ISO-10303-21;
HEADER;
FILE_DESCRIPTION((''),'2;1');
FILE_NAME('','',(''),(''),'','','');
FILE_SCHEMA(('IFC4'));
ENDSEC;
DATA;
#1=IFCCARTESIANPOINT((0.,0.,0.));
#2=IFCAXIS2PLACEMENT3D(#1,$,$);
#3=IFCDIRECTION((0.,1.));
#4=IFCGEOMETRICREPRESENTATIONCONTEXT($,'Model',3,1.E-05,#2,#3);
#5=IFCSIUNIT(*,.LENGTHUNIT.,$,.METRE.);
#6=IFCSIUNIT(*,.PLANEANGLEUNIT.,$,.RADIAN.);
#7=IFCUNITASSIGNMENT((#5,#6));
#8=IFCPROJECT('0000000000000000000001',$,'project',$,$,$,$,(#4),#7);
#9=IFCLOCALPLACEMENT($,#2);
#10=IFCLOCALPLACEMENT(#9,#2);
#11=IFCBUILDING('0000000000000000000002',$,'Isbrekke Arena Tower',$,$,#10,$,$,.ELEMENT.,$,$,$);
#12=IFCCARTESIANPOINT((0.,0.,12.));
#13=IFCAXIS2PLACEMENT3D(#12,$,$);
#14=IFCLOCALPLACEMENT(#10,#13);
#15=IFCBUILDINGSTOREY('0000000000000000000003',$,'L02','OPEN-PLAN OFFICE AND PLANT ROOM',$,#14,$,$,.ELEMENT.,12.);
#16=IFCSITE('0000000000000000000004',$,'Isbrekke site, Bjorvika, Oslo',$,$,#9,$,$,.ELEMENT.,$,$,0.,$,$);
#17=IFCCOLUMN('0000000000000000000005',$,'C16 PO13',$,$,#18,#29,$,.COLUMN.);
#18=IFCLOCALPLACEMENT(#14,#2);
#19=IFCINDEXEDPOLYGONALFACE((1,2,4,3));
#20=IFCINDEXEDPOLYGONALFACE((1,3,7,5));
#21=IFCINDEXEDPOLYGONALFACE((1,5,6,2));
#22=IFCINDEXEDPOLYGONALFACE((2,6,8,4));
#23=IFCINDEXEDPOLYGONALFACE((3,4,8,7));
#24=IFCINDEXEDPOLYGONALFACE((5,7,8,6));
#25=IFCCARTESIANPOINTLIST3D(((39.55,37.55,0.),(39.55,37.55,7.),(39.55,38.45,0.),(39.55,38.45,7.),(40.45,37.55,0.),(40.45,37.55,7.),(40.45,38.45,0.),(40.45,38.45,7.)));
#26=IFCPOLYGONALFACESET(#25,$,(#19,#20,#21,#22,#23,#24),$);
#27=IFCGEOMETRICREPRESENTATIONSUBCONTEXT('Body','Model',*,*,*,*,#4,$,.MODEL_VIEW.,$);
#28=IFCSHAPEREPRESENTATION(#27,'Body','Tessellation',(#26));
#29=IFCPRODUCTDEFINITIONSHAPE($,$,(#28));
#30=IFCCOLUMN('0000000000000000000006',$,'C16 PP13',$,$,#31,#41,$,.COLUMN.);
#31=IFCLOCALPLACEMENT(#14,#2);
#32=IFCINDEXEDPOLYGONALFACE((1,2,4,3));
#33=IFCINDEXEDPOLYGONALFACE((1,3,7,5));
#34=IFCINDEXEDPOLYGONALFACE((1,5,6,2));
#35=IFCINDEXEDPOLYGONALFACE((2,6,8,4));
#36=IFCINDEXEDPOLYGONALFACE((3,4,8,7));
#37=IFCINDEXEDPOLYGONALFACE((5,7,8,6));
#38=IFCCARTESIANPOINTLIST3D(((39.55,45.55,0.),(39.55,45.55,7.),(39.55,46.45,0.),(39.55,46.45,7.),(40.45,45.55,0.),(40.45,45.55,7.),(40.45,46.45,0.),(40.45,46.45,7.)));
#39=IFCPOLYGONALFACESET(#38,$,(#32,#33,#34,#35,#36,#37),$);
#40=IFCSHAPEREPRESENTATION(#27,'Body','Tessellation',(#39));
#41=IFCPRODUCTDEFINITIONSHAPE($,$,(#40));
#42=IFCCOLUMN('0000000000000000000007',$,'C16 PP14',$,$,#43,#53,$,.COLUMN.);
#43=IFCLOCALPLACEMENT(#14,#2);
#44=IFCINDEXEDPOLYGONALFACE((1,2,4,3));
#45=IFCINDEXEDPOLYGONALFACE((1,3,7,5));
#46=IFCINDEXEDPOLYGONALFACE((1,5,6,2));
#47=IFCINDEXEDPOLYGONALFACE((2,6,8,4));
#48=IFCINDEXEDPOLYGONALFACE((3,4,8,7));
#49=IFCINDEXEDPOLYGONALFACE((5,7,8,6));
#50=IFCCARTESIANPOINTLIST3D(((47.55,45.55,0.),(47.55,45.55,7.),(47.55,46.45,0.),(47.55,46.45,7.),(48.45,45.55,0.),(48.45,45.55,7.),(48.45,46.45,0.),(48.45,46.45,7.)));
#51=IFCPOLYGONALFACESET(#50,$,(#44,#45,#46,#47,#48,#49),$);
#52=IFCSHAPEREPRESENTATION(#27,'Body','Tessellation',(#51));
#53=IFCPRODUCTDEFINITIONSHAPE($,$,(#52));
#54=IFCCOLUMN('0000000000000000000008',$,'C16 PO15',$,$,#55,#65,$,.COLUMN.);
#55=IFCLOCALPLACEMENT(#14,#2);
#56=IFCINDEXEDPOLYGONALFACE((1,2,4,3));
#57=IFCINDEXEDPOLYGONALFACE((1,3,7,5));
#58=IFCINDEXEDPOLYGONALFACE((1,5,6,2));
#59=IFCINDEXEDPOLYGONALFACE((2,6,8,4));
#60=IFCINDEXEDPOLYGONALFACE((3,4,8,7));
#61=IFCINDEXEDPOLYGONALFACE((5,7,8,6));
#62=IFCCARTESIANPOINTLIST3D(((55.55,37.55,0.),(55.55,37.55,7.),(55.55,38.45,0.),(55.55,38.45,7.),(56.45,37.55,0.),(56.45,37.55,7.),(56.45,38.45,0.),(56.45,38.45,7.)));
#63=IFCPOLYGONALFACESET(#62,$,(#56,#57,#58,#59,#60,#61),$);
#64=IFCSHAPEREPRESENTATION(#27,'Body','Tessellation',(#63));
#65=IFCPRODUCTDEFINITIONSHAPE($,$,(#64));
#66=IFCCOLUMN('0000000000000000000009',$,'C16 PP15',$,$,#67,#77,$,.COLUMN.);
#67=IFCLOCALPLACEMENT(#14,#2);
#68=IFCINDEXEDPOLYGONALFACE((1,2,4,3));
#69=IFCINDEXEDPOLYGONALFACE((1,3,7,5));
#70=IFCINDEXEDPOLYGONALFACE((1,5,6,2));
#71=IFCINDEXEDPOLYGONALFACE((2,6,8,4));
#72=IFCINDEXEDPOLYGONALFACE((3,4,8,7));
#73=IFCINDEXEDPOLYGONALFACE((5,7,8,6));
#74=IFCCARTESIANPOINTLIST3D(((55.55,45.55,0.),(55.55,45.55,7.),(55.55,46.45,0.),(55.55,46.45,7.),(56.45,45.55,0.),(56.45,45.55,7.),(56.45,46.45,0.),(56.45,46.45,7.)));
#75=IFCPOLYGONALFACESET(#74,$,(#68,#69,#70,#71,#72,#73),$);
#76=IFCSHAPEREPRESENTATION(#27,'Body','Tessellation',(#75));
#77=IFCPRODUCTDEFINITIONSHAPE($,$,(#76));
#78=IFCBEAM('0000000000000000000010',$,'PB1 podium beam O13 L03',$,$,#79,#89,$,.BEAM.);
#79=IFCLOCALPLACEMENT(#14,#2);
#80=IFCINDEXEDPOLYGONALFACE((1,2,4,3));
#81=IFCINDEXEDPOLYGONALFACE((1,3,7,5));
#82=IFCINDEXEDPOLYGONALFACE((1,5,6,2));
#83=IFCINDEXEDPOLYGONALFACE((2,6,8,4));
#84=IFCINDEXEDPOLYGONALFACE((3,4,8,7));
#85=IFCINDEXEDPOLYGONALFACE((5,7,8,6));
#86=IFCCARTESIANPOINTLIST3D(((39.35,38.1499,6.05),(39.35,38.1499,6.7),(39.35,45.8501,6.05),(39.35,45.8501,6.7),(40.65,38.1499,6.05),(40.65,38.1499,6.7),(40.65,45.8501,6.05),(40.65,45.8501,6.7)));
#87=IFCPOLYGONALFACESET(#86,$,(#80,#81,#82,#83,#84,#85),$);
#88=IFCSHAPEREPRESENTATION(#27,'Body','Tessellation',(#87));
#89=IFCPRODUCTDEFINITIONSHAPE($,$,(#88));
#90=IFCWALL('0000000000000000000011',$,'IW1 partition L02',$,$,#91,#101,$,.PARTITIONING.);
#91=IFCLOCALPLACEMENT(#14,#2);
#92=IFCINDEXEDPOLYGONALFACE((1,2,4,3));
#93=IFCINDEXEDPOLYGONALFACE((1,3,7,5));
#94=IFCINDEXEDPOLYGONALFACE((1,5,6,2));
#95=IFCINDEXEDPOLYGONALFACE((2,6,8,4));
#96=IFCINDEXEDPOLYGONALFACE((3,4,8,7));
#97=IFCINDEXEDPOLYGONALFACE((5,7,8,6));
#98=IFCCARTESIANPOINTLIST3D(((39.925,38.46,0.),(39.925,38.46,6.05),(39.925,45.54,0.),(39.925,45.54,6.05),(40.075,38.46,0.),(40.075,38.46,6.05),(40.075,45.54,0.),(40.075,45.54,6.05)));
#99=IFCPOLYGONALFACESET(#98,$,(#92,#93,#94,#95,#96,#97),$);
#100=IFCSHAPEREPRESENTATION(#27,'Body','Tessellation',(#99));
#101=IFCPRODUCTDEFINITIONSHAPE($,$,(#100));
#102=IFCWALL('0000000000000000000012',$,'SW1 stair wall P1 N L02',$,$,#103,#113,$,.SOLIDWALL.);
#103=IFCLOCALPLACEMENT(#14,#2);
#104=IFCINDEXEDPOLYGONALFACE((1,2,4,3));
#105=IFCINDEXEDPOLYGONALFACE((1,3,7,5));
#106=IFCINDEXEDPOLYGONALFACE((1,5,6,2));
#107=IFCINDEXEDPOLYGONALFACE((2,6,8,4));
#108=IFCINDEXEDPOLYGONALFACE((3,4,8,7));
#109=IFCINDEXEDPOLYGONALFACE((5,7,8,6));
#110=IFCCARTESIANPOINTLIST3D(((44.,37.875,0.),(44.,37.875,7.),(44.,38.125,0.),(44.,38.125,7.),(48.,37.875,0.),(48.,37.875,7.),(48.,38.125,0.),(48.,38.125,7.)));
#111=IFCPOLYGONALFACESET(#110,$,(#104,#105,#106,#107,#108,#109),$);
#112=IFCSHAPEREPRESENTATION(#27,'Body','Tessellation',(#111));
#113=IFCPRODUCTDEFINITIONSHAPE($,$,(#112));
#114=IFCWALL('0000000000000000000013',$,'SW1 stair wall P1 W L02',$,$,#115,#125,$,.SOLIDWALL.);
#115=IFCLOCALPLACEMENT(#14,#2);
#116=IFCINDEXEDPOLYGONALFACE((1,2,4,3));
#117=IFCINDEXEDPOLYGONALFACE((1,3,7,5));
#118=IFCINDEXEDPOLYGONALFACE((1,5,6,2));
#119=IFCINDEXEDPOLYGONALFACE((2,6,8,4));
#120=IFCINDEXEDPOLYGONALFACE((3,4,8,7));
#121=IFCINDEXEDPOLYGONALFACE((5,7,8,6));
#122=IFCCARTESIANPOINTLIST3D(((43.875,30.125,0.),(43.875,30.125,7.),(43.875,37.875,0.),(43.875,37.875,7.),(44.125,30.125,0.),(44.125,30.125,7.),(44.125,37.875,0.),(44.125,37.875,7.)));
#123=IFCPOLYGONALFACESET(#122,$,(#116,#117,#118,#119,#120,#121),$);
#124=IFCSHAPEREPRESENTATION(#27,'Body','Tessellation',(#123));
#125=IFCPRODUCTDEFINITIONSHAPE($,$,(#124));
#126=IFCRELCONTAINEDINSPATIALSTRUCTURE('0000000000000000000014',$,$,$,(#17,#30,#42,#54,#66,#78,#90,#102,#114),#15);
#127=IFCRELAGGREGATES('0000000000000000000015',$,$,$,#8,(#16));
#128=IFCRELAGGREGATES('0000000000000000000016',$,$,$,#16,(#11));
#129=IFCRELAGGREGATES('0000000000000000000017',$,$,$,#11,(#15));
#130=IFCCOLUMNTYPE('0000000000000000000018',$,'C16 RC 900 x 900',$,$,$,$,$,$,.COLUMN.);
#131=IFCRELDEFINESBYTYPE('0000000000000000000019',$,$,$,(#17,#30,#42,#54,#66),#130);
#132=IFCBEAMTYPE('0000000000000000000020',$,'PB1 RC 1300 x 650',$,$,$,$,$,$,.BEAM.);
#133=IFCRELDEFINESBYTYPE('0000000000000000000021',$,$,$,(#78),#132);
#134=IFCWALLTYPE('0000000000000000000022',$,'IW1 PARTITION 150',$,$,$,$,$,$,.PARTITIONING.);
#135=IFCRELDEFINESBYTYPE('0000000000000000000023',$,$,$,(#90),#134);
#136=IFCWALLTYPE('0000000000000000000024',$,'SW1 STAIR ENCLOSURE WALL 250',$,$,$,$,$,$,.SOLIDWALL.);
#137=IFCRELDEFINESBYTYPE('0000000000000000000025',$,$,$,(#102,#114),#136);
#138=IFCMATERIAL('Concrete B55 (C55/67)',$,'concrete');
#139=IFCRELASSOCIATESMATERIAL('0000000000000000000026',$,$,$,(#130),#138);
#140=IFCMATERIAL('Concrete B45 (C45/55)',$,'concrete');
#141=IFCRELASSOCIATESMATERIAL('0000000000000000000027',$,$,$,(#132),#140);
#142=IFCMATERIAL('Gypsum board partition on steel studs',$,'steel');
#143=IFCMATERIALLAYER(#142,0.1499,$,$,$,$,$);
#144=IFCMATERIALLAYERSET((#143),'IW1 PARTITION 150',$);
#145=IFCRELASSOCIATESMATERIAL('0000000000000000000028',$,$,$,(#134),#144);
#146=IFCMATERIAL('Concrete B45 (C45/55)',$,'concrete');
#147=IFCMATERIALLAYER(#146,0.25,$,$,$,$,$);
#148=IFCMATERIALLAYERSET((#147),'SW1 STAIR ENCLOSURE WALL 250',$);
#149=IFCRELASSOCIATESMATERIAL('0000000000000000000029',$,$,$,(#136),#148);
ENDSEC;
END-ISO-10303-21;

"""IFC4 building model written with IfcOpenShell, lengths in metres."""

from ifc_helpers import new_model, si_unit, direction, frame, frame_2d, origin, origin_2d, place, context, subcontext, project, spatial, rectangle, extrude, material, layer, layer_set, material_profile, profile_set, type_object, element, save


model = new_model("IFC4")

# Units and contexts
model_context = context("Model", 3, precision=1e-05, world=origin(), true_north=direction((0.0, 1.0)))
body_context = subcontext(model_context, "Body", "Model", "MODEL_VIEW")
ifc_project = project(units=[si_unit("LENGTHUNIT", "METRE"), si_unit("PLANEANGLEUNIT", "RADIAN")], contexts=[model_context])

# Site, building, storey
site_placement = place(None, origin())
site = spatial("IfcSite", under=ifc_project, at=site_placement, Name="Isbrekke site, Bjorvika, Oslo", CompositionType="ELEMENT", RefElevation=0.0)
building_placement = place(site_placement, origin())
building = spatial("IfcBuilding", under=site, at=building_placement, Name="Isbrekke Arena Tower", CompositionType="ELEMENT")
storey_placement = place(building_placement, frame((0.0, 0.0, 12.0)))
storey = spatial("IfcBuildingStorey", under=building, at=storey_placement, Name="L02", Description="OPEN-PLAN OFFICE AND PLANT ROOM", CompositionType="ELEMENT", Elevation=12.0)

# Columns
ifc_material_1 = material(Name="Concrete B55 (C55/67)", Category="concrete")
ifc_material_profile_1 = material_profile(ifc_material_1, rectangle(XDim=0.8999, YDim=0.8999, at=origin_2d()), Name="RC 900x900")
ifc_profile_set_1 = profile_set([ifc_material_profile_1], Name="Concrete B55 (C55/67)")
column_type = type_object("IfcColumnType", Name="C16 RC 900 x 900", PredefinedType="COLUMN", material=ifc_profile_set_1)
for number, where, z_axis, x_axis, name in (
    (1, (40.0, 38.0, 0.0), (0.0, 0.0, 1.0), (1.0, 0.0, 0.0), "C16 PO13"),
    (2, (40.0, 46.0, 0.0), (0.0, 0.0, 1.0), (1.0, 0.0, 0.0), "C16 PP13"),
    (3, (48.0, 46.0, 0.0), (0.0, 0.0, 1.0), (1.0, 0.0, 0.0), "C16 PP14"),
    (4, (56.0, 38.0, 0.0), (0.0, 0.0, 1.0), (1.0, 0.0, 0.0), "C16 PO15"),
    (5, (56.0, 46.0, 0.0), (0.0, 0.0, 1.0), (1.0, 0.0, 0.0), "C16 PP15"),
):
    element("IfcColumn", number, at=place(storey_placement, frame(where, z_axis=z_axis, x_axis=x_axis)), inside=storey, type_object=column_type, Name=name, PredefinedType="COLUMN", context=body_context, shape_type="SweptSolid", body=[
        extrude(rectangle(XDim=0.8999, YDim=0.8999, at=origin_2d()), origin(), (0.0, 0.0, 1.0), 7.0),
    ])

# Beam
ifc_material_2 = material(Name="Concrete B45 (C45/55)", Category="concrete")
ifc_material_profile_2 = material_profile(ifc_material_2, rectangle(XDim=1.3, YDim=0.6499, at=origin_2d()), Name="RC 1300x650")
ifc_profile_set_2 = profile_set([ifc_material_profile_2], Name="Concrete B45 (C45/55)")
beam_type = type_object("IfcBeamType", Name="PB1 RC 1300 x 650", PredefinedType="BEAM", material=ifc_profile_set_2)
beam_placement = place(storey_placement, frame((40.0, 38.1499, 6.375), z_axis=(0.0, 1.0, 0.0), x_axis=(-1.0, 0.0, 0.0)))
element("IfcBeam", 6, at=beam_placement, inside=storey, type_object=beam_type, Name="PB1 podium beam O13 L03", PredefinedType="BEAM", context=body_context, shape_type="SweptSolid", body=[
    extrude(rectangle(XDim=1.3, YDim=0.6499, at=origin_2d()), origin(), (0.0, 0.0, 1.0), 7.7002),
])

# Walls
ifc_material_3 = material(Name="Gypsum board partition on steel studs", Category="steel")
ifc_layer_1 = layer(ifc_material_3, 0.1499)
ifc_layer_set_1 = layer_set([ifc_layer_1], Name="IW1 PARTITION 150")
wall_type_1 = type_object("IfcWallType", Name="IW1 PARTITION 150", PredefinedType="PARTITIONING", material=ifc_layer_set_1)
wall_1_placement = place(storey_placement, frame((40.0, 38.46, 0.0), z_axis=(0.0, 0.0, 1.0), x_axis=(0.0, 1.0, 0.0)))
element("IfcWall", 7, at=wall_1_placement, inside=storey, type_object=wall_type_1, Name="IW1 partition L02", PredefinedType="PARTITIONING", context=body_context, shape_type="SweptSolid", body=[
    extrude(rectangle(XDim=7.0801, YDim=0.1499, at=frame_2d((3.54, 0.0))), origin(), (0.0, 0.0, 1.0), 6.05),
])
ifc_material_4 = material(Name="Concrete B45 (C45/55)", Category="concrete")
ifc_layer_2 = layer(ifc_material_4, 0.25)
ifc_layer_set_2 = layer_set([ifc_layer_2], Name="SW1 STAIR ENCLOSURE WALL 250")
wall_type_2 = type_object("IfcWallType", Name="SW1 STAIR ENCLOSURE WALL 250", PredefinedType="SOLIDWALL", material=ifc_layer_set_2)
wall_2_placement = place(storey_placement, frame((48.0, 38.0, 0.0), z_axis=(0.0, 0.0, 1.0), x_axis=(-1.0, 0.0, 0.0)))
element("IfcWall", 8, at=wall_2_placement, inside=storey, type_object=wall_type_2, Name="SW1 stair wall P1 N L02", PredefinedType="SOLIDWALL", context=body_context, shape_type="SweptSolid", body=[
    extrude(rectangle(XDim=4.0, YDim=0.25, at=frame_2d((2.0, 0.0))), origin(), (0.0, 0.0, 1.0), 7.0),
])
wall_3_placement = place(storey_placement, frame((44.0, 37.875, 0.0), z_axis=(0.0, 0.0, 1.0), x_axis=(0.0, -1.0, 0.0)))
element("IfcWall", 9, at=wall_3_placement, inside=storey, type_object=wall_type_2, Name="SW1 stair wall P1 W L02", PredefinedType="SOLIDWALL", context=body_context, shape_type="SweptSolid", body=[
    extrude(rectangle(XDim=7.75, YDim=0.25, at=frame_2d((3.875, 0.0))), origin(), (0.0, 0.0, 1.0), 7.0),
])

save(model, "model.ifc")
